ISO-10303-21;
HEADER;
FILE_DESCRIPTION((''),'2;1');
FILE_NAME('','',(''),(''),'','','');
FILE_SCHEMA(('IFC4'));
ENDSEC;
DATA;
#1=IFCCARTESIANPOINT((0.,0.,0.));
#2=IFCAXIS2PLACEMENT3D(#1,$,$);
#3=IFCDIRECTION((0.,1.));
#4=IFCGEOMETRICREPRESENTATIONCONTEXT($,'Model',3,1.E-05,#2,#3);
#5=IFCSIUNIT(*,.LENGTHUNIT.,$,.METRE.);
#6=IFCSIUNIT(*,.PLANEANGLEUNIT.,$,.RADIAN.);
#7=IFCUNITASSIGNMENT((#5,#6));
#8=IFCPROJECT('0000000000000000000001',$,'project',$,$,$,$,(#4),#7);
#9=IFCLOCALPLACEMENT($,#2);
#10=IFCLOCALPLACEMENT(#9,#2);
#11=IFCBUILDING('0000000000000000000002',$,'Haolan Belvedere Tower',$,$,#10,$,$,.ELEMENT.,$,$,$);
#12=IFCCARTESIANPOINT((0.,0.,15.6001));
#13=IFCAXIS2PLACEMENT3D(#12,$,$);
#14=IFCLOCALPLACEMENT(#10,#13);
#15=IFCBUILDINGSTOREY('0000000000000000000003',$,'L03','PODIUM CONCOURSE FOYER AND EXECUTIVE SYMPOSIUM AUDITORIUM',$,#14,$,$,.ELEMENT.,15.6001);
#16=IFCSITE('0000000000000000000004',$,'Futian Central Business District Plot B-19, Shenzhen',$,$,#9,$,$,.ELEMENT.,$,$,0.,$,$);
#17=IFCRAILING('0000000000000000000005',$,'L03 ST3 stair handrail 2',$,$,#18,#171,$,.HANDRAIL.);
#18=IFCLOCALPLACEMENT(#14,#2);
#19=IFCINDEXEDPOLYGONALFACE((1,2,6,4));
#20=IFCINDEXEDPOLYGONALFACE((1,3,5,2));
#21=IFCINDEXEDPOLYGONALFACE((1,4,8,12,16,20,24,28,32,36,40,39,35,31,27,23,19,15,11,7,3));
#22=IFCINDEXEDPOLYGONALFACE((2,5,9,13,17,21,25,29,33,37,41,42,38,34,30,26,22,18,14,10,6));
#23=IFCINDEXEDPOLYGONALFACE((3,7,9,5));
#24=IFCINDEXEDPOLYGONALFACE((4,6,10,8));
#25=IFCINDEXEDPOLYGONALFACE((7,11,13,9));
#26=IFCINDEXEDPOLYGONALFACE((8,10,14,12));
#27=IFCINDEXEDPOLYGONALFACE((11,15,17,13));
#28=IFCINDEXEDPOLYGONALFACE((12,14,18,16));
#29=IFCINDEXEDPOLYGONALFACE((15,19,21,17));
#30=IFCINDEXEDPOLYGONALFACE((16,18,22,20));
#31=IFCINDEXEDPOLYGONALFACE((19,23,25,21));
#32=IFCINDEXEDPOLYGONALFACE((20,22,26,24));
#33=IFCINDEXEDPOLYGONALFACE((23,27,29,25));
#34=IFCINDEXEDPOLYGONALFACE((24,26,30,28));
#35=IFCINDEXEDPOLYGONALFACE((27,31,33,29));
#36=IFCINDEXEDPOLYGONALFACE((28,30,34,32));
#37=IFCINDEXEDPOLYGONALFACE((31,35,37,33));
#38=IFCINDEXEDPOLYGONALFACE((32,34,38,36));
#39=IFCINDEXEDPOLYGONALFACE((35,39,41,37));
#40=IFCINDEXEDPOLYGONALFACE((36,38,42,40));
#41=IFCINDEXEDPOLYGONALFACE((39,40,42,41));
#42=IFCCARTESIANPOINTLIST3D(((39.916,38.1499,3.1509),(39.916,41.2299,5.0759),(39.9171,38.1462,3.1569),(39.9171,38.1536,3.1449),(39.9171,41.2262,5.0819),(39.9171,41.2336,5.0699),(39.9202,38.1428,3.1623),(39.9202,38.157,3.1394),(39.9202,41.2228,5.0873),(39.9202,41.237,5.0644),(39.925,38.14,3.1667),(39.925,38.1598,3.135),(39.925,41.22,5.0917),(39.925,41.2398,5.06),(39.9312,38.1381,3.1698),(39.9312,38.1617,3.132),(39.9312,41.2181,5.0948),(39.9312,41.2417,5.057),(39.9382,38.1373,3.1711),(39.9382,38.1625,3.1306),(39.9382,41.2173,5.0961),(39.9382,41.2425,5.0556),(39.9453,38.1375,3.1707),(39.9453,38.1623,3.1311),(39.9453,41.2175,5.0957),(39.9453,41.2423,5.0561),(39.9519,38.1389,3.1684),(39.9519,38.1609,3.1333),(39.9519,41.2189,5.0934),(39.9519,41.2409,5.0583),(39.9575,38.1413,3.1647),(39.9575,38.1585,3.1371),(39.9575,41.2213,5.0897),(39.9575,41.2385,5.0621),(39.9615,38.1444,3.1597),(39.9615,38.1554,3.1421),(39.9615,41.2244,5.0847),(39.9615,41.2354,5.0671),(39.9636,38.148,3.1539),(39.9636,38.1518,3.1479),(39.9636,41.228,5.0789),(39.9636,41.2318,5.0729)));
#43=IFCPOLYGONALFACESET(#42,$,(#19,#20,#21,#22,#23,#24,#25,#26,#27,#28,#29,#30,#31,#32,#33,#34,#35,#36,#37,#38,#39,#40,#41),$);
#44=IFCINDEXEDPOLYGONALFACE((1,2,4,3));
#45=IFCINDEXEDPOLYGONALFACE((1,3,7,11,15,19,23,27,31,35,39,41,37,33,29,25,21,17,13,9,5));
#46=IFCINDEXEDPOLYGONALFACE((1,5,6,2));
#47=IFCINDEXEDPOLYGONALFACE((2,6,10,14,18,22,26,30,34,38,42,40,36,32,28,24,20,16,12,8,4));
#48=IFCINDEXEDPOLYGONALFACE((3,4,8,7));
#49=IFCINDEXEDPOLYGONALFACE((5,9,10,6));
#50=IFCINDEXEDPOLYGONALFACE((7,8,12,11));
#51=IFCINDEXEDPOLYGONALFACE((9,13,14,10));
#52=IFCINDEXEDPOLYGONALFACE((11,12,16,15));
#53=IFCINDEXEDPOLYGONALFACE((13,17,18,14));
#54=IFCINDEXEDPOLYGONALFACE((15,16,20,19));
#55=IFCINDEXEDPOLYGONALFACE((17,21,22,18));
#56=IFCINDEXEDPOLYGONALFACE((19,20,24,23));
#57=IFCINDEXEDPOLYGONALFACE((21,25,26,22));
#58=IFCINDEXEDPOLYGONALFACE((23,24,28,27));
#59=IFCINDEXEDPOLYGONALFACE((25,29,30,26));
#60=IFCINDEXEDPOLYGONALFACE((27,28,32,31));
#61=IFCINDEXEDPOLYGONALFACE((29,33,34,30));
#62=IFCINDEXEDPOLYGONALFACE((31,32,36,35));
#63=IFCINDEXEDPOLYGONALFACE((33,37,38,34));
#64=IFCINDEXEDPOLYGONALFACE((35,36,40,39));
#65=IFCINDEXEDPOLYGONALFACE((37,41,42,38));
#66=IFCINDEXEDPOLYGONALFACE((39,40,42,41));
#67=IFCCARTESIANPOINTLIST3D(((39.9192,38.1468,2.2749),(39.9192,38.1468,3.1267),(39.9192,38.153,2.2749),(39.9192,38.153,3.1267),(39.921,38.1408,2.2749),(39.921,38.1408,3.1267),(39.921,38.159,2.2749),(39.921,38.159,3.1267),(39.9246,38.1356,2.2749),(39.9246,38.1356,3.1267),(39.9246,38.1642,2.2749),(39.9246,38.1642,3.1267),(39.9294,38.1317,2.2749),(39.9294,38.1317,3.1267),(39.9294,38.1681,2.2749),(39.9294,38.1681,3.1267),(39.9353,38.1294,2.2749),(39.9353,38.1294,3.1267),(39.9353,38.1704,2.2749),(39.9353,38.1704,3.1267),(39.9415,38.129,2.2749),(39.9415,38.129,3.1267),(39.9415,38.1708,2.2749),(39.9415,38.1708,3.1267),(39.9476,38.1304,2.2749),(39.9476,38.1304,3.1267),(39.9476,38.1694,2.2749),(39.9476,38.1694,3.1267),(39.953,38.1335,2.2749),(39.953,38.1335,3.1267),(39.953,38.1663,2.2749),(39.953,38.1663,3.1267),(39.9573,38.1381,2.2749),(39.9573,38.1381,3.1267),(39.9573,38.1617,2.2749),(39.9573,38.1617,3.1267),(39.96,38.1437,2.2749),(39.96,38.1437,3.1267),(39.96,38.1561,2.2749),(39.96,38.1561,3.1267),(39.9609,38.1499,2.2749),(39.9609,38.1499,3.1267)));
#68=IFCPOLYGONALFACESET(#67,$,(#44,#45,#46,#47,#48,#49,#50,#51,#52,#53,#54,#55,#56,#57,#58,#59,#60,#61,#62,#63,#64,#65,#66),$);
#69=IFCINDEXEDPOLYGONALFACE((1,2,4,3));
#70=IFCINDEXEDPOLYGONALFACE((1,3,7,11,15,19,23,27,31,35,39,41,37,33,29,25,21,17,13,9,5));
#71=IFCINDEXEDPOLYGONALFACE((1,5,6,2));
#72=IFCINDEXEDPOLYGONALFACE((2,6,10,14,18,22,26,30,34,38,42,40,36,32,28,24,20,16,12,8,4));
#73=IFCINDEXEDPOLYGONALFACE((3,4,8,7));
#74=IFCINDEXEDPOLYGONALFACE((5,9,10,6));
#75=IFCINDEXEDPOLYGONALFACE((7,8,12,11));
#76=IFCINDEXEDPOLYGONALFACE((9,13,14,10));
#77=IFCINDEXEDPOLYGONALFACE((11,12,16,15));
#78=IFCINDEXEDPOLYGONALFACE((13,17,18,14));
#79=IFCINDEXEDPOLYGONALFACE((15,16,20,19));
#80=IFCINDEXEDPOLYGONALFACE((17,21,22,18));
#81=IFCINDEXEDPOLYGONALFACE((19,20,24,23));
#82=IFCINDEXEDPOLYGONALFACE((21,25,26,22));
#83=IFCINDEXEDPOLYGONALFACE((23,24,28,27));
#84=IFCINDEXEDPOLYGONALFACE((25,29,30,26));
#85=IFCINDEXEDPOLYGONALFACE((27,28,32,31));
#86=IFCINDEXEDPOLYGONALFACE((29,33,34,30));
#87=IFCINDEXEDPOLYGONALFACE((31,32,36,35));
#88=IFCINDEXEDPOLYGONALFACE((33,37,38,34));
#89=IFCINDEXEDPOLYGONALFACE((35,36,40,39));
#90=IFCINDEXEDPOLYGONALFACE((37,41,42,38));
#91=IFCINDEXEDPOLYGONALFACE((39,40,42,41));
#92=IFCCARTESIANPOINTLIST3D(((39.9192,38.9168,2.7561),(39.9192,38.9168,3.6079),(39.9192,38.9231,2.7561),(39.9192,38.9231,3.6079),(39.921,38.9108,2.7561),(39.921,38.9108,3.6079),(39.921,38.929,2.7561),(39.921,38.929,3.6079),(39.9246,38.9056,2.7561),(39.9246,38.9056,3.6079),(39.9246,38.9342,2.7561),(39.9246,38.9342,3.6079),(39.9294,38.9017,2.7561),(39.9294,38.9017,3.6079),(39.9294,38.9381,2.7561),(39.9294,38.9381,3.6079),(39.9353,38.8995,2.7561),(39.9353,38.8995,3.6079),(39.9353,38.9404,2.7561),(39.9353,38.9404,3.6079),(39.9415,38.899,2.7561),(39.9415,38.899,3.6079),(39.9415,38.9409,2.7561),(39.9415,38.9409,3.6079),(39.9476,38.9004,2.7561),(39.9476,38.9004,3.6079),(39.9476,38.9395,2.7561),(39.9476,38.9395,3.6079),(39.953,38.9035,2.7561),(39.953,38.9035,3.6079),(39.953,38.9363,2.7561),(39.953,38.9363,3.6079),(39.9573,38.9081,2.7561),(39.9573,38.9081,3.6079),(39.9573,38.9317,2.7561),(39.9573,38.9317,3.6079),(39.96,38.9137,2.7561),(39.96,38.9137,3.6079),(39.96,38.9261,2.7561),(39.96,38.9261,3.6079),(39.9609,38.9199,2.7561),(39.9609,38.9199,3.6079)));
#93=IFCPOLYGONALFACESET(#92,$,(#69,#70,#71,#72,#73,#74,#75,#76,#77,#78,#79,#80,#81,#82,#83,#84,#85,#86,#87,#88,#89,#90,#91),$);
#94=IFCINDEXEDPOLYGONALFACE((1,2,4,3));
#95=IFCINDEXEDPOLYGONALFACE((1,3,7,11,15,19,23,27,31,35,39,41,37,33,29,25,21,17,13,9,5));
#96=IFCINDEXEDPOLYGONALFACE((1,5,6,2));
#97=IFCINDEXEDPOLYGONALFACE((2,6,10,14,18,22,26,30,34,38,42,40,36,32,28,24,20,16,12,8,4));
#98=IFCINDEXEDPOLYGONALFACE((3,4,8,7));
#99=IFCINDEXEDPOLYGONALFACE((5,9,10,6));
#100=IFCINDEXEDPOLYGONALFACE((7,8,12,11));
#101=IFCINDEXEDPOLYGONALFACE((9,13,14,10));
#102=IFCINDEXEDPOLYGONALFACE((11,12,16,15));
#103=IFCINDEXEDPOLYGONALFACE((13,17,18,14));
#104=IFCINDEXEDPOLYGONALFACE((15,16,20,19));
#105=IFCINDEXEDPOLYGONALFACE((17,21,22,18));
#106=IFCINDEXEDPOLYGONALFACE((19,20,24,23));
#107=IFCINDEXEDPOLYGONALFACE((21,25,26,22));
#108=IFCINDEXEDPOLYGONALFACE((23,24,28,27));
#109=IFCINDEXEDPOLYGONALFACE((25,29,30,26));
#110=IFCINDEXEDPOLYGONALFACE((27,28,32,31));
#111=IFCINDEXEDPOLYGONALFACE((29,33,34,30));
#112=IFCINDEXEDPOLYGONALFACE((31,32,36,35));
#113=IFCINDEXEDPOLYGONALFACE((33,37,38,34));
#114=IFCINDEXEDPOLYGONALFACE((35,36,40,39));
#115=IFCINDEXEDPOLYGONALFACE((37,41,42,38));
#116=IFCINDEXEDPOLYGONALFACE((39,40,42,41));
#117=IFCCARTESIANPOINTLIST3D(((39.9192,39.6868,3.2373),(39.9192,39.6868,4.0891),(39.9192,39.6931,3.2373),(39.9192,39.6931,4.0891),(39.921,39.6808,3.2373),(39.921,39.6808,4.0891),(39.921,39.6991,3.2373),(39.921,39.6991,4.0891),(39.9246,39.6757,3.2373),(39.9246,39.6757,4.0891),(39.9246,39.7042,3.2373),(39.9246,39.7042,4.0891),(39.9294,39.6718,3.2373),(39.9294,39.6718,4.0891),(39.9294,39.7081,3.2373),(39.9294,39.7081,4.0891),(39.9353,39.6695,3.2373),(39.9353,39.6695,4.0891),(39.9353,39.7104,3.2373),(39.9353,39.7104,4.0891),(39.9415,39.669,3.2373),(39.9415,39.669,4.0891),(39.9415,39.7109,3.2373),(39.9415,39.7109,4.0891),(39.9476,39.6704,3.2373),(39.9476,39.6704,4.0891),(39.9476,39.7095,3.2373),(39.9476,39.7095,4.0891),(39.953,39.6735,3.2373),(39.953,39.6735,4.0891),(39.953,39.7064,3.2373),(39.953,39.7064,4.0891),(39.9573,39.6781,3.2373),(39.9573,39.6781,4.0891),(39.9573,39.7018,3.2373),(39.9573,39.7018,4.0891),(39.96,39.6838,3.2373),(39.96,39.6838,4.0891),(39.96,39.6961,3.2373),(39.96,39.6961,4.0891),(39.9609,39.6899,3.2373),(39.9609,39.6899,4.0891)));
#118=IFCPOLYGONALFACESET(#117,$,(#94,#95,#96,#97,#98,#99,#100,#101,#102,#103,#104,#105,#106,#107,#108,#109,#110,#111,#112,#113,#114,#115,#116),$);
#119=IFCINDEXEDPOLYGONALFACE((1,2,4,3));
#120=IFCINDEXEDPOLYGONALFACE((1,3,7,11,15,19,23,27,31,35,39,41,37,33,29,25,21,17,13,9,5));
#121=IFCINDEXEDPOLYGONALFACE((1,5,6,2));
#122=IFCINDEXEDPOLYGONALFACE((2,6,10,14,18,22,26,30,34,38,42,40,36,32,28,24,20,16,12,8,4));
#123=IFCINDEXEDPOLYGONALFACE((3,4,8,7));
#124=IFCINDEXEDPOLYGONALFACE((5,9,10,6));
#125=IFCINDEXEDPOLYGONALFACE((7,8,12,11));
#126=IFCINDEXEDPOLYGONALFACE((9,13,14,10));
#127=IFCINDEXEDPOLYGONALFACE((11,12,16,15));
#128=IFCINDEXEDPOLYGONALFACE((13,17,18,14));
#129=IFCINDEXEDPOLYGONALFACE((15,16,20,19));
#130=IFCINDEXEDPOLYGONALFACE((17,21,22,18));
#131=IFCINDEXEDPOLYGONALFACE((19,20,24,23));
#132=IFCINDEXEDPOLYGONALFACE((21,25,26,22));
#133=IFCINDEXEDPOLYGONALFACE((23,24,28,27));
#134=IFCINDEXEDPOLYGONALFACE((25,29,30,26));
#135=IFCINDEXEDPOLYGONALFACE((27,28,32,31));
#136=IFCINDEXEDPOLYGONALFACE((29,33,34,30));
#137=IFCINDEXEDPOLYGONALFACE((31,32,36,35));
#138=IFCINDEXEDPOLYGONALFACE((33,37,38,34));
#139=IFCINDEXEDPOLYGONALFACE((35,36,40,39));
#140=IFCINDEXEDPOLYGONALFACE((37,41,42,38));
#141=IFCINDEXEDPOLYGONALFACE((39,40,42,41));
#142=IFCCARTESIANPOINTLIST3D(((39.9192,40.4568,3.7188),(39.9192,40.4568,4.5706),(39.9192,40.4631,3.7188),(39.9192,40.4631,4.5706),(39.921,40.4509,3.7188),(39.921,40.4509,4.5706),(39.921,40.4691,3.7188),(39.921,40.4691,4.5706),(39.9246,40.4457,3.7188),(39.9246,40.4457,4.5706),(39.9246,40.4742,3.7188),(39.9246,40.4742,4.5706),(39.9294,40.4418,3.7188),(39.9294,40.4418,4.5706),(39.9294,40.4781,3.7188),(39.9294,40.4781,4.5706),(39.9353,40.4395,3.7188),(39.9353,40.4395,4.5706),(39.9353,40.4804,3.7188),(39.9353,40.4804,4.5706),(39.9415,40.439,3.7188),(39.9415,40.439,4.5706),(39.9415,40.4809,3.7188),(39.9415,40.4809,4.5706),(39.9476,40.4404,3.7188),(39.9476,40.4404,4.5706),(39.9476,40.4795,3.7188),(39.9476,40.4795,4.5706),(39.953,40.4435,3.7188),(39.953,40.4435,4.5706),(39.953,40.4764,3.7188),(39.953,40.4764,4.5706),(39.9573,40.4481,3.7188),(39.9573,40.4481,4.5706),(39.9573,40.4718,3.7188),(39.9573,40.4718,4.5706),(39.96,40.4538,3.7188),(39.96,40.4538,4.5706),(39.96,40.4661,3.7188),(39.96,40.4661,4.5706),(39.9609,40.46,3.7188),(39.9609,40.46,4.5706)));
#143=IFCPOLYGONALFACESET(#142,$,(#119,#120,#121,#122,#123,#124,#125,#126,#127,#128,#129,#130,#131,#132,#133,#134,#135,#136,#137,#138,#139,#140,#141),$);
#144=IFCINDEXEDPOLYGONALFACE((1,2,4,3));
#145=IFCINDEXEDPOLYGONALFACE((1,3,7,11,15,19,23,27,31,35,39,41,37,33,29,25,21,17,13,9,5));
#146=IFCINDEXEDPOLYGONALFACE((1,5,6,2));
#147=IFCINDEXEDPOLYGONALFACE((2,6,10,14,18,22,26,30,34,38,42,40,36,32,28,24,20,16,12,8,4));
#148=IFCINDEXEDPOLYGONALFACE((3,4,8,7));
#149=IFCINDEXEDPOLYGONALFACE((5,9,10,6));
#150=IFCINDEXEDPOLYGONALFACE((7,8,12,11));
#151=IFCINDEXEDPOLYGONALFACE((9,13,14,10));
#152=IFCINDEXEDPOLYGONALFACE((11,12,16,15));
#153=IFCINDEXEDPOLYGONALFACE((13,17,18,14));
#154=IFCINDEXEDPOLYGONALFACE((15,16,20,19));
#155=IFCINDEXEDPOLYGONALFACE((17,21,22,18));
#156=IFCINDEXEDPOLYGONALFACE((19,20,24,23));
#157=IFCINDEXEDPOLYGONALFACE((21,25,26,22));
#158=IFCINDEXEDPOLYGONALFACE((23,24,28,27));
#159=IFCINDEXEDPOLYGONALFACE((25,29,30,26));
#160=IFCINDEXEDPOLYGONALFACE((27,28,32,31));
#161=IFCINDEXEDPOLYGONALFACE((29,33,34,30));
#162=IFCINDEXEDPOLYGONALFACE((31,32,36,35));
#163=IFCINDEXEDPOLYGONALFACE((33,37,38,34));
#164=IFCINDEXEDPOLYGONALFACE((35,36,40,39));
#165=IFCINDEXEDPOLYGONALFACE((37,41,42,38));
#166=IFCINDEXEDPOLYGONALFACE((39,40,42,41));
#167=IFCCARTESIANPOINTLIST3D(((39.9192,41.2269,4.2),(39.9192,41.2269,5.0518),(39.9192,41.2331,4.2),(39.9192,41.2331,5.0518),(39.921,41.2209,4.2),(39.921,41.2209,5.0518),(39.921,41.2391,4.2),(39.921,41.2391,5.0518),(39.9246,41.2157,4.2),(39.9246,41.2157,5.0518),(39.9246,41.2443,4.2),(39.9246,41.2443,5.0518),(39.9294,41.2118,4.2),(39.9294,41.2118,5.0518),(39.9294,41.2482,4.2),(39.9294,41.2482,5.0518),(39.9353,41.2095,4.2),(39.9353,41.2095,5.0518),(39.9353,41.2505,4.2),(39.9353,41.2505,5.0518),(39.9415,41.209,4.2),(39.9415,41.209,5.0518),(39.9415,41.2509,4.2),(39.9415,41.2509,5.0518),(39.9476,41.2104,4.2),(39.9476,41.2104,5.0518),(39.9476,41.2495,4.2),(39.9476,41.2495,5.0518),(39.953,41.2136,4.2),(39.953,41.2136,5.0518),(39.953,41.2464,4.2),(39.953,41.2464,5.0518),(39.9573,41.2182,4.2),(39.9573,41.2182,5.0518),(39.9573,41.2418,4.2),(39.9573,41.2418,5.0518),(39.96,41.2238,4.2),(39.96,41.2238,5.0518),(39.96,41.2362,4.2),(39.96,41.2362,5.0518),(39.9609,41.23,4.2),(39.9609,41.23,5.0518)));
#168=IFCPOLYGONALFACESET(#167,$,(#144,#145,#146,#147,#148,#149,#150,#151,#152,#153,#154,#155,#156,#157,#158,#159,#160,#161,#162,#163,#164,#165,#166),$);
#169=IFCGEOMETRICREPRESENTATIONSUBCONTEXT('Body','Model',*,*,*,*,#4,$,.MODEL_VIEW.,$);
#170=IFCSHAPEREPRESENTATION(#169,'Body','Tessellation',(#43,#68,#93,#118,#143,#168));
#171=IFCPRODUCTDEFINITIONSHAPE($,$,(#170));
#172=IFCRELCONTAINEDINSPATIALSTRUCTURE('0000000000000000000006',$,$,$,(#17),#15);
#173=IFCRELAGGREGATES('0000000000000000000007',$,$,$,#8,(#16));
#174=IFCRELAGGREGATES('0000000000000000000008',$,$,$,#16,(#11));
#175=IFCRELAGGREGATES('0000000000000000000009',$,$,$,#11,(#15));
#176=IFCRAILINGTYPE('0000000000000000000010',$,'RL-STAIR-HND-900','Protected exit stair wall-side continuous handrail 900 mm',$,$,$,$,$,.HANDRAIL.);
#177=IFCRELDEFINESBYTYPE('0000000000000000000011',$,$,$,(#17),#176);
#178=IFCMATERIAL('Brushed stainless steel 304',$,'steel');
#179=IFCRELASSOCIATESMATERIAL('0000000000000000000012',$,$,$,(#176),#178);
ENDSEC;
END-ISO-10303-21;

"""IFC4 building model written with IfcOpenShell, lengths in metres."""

from ifc_helpers import new_model, si_unit, direction, frame, origin, origin_2d, place, context, subcontext, project, spatial, circle, extrude, material, type_object, element, save


model = new_model("IFC4")

# Units and contexts
model_context = context("Model", 3, precision=1e-05, world=origin(), true_north=direction((0.0, 1.0)))
body_context = subcontext(model_context, "Body", "Model", "MODEL_VIEW")
ifc_project = project(units=[si_unit("LENGTHUNIT", "METRE"), si_unit("PLANEANGLEUNIT", "RADIAN")], contexts=[model_context])

# Site, building, storey
site_placement = place(None, origin())
site = spatial("IfcSite", under=ifc_project, at=site_placement, Name="Futian Central Business District Plot B-19, Shenzhen", CompositionType="ELEMENT", RefElevation=0.0)
building_placement = place(site_placement, origin())
building = spatial("IfcBuilding", under=site, at=building_placement, Name="Haolan Belvedere Tower", CompositionType="ELEMENT")
storey_placement = place(building_placement, frame((0.0, 0.0, 15.6001)))
storey = spatial("IfcBuildingStorey", under=building, at=storey_placement, Name="L03", Description="PODIUM CONCOURSE FOYER AND EXECUTIVE SYMPOSIUM AUDITORIUM", CompositionType="ELEMENT", Elevation=15.6001)

# Railing
ifc_material_1 = material(Name="Brushed stainless steel 304", Category="steel")
railing_type_1 = type_object("IfcRailingType", Name="RL-STAIR-HND-900", Description="Protected exit stair wall-side continuous handrail 900 mm", PredefinedType="HANDRAIL", material=ifc_material_1)
railing_1_placement = place(storey_placement, frame((39.9399, 38.1499, 2.2749)))
element("IfcRailing", 1, at=railing_1_placement, inside=storey, type_object=railing_type_1, Name="L03 ST3 stair handrail 2", PredefinedType="HANDRAIL", context=body_context, shape_type="SweptSolid", body=[
    extrude(circle(Radius=0.0239, at=origin_2d()), frame((0.0, 0.0, 0.876), z_axis=(0.0, 0.847998, 0.529999), x_axis=(-1.0, 0.0, 0.0)), (0.0, 0.0, 1.0), 3.6321),
    extrude(circle(Radius=0.021, at=origin_2d()), origin(), (0.0, 0.0, 1.0), 0.8518),
    extrude(circle(Radius=0.021, at=origin_2d()), frame((0.0, 0.77, 0.4812)), (0.0, 0.0, 1.0), 0.8518),
    extrude(circle(Radius=0.021, at=origin_2d()), frame((0.0, 1.54, 0.9624)), (0.0, 0.0, 1.0), 0.8518),
    extrude(circle(Radius=0.021, at=origin_2d()), frame((0.0, 2.3101, 1.4438)), (0.0, 0.0, 1.0), 0.8518),
    extrude(circle(Radius=0.021, at=origin_2d()), frame((0.0, 3.0801, 1.925)), (0.0, 0.0, 1.0), 0.8518),
])

save(model, "model.ifc")
